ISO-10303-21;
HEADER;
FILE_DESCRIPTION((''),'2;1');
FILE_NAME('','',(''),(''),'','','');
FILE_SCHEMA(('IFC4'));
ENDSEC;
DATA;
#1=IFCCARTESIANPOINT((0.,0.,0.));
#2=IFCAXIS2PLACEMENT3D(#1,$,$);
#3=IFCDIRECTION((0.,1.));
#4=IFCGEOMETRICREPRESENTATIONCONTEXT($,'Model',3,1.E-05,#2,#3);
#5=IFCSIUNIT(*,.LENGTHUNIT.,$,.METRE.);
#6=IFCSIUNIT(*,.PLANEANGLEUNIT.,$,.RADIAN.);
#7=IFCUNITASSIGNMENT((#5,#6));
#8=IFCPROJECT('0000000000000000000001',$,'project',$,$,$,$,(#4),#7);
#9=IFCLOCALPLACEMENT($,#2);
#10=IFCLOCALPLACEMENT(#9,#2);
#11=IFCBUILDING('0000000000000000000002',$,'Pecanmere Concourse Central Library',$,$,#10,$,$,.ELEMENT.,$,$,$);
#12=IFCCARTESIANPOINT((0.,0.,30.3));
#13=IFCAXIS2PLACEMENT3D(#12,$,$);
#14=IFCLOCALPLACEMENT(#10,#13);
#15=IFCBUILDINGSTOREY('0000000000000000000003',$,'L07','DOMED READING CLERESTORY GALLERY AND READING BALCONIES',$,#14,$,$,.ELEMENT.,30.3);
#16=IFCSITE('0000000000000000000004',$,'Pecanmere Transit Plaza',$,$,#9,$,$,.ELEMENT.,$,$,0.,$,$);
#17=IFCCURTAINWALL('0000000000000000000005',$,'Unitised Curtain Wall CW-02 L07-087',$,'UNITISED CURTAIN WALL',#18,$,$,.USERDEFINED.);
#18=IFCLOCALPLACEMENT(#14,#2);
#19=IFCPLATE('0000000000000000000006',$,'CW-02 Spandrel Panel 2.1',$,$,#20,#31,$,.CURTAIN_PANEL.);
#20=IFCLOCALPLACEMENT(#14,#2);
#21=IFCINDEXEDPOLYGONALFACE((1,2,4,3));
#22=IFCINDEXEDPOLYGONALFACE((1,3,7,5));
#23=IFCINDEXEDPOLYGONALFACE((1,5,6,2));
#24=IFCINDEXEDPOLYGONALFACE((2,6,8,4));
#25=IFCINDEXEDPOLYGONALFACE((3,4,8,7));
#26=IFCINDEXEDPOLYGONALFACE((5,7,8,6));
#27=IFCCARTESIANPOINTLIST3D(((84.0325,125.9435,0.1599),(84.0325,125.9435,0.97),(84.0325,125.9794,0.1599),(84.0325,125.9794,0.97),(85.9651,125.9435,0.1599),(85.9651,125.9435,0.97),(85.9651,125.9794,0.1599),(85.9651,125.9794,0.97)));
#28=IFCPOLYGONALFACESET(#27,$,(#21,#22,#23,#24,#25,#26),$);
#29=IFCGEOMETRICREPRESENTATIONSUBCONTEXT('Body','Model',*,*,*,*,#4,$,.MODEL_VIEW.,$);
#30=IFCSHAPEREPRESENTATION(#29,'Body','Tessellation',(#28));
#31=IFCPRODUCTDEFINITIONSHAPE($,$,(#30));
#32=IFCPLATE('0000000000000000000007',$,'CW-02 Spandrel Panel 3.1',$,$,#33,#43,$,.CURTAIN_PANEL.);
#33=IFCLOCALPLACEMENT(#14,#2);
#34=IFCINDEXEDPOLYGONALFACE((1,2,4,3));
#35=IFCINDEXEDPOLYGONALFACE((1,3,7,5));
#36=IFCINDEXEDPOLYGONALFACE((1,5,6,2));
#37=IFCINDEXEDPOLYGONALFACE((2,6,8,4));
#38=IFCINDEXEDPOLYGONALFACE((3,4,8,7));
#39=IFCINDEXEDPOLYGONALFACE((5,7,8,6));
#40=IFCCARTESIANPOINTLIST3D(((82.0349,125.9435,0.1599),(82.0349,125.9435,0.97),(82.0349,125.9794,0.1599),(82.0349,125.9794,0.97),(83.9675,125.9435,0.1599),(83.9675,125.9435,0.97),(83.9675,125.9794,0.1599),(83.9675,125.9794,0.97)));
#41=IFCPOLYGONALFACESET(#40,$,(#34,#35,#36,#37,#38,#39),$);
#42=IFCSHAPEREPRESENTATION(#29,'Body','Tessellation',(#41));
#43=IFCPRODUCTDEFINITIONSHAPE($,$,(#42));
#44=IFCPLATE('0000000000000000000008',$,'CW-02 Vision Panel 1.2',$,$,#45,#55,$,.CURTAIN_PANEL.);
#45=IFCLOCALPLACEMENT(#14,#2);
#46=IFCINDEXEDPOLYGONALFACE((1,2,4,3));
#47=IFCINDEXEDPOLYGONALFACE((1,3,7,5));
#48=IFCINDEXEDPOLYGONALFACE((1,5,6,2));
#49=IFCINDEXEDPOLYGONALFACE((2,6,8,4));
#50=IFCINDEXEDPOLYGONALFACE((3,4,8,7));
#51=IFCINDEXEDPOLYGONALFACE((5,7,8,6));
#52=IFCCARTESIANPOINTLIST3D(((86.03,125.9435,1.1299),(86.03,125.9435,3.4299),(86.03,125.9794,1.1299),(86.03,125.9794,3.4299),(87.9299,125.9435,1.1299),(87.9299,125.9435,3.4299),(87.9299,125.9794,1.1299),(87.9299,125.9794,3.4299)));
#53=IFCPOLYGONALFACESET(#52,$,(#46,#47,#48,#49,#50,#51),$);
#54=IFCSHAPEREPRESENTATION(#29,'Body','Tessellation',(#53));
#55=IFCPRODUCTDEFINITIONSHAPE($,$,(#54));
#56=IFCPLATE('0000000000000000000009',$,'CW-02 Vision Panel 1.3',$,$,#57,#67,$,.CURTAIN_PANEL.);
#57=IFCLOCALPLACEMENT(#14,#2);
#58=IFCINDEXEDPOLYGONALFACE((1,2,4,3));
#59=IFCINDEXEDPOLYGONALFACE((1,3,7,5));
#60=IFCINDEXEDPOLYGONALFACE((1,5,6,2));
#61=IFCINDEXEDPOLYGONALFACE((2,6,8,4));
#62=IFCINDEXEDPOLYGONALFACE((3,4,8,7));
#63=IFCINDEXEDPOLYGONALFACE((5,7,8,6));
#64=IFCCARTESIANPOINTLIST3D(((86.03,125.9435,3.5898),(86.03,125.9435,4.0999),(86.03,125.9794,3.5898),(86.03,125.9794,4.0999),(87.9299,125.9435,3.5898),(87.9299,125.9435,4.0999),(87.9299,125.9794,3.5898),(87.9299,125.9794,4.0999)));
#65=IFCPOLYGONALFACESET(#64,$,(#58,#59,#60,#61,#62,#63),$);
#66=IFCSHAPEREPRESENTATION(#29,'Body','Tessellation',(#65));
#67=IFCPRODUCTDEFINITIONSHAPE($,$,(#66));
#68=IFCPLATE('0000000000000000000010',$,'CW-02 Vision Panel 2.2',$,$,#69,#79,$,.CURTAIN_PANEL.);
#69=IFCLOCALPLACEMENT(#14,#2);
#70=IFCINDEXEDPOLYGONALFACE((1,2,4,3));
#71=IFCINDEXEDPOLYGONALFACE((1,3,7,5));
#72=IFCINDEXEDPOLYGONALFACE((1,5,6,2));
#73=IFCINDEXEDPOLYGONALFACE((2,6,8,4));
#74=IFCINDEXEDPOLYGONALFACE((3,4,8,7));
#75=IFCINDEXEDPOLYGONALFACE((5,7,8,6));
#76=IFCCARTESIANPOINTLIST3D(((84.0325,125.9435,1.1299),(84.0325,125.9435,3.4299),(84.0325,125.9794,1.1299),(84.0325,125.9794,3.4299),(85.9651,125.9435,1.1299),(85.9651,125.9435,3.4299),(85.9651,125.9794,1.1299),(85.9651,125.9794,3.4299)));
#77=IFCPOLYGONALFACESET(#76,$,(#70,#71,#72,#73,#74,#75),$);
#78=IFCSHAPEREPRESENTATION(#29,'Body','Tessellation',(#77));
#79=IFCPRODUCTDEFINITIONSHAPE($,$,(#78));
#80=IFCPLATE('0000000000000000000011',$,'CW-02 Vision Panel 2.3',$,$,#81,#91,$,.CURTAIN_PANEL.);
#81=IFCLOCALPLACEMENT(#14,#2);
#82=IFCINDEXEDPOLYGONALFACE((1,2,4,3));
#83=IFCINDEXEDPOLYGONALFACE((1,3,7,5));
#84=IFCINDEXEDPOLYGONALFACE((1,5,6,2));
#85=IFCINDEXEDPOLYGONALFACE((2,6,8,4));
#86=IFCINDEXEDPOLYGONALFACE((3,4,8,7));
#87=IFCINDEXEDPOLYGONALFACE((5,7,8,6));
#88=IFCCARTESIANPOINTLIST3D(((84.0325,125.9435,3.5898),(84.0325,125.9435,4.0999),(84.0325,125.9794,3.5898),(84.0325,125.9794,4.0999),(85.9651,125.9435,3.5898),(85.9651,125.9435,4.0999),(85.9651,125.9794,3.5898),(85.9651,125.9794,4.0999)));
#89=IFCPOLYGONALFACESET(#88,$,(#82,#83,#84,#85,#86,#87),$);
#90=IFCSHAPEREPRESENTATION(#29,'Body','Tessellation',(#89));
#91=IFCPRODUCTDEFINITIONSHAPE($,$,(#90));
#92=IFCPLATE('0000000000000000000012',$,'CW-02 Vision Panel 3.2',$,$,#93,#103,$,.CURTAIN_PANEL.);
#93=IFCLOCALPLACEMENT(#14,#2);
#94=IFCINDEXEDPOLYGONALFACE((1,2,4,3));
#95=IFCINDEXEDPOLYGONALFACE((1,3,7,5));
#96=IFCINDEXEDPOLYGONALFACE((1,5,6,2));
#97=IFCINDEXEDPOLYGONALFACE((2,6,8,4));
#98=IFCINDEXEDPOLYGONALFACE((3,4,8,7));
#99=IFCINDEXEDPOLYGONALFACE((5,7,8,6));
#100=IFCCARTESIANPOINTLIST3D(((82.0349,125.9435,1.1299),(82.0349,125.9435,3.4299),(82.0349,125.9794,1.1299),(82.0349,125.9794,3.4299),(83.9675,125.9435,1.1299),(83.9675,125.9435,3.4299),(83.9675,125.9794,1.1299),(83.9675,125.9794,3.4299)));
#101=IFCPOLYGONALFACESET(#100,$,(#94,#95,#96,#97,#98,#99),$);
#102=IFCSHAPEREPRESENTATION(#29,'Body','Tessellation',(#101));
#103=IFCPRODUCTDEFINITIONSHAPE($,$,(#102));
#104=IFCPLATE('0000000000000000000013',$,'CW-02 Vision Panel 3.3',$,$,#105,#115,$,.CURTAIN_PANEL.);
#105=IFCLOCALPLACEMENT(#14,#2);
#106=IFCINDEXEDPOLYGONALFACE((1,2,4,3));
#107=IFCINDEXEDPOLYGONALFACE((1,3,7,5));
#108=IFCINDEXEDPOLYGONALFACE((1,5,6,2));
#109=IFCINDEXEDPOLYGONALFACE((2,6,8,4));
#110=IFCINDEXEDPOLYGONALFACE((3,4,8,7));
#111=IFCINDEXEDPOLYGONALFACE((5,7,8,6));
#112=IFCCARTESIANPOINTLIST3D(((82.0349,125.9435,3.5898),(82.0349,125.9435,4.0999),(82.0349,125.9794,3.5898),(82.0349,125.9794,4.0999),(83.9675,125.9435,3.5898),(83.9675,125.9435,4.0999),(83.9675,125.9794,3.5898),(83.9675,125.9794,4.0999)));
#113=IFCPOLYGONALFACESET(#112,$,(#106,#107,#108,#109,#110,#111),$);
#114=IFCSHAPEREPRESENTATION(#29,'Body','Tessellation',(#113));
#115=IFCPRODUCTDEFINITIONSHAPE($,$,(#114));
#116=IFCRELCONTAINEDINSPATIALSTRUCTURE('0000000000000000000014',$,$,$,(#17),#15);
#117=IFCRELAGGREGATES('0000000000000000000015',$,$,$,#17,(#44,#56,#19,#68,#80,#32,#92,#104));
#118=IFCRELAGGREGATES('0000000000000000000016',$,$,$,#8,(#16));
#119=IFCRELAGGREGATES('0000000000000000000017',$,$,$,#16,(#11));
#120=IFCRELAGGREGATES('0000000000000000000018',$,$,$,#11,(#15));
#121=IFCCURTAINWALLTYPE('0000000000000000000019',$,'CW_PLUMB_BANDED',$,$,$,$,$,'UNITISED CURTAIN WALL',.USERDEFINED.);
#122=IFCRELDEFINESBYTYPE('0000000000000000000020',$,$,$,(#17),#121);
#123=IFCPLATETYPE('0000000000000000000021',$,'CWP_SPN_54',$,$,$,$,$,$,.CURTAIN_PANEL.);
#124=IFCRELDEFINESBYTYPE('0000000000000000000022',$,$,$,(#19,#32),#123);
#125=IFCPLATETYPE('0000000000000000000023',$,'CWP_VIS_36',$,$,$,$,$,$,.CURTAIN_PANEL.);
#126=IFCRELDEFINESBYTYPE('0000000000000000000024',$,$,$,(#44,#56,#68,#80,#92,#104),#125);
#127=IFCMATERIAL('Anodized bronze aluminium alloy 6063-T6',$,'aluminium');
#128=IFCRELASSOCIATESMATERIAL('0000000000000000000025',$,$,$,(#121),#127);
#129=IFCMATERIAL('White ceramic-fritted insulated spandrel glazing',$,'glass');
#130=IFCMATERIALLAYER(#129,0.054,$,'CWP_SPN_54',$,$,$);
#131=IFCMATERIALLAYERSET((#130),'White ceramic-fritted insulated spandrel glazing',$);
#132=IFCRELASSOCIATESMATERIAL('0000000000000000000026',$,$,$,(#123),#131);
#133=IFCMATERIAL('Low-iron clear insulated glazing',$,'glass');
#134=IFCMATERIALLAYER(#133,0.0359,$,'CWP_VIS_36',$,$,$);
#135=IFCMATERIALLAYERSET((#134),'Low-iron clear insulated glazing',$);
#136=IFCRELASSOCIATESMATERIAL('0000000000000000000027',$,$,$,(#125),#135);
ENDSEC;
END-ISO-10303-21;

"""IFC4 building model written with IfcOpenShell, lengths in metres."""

from ifc_helpers import new_model, si_unit, direction, frame, origin, origin_2d, place, context, subcontext, project, spatial, rectangle, extrude, material, layer, layer_set, type_object, element, aggregate, save


model = new_model("IFC4")

# Units and contexts
model_context = context("Model", 3, precision=1e-05, world=origin(), true_north=direction((0.0, 1.0)))
body_context = subcontext(model_context, "Body", "Model", "MODEL_VIEW")
ifc_project = project(units=[si_unit("LENGTHUNIT", "METRE"), si_unit("PLANEANGLEUNIT", "RADIAN")], contexts=[model_context])

# Site, building, storey
site_placement = place(None, origin())
site = spatial("IfcSite", under=ifc_project, at=site_placement, Name="Pecanmere Transit Plaza", CompositionType="ELEMENT", RefElevation=0.0)
building_placement = place(site_placement, origin())
building = spatial("IfcBuilding", under=site, at=building_placement, Name="Pecanmere Concourse Central Library", CompositionType="ELEMENT")
storey_placement = place(building_placement, frame((0.0, 0.0, 30.3)))
storey = spatial("IfcBuildingStorey", under=building, at=storey_placement, Name="L07", Description="DOMED READING CLERESTORY GALLERY AND READING BALCONIES", CompositionType="ELEMENT", Elevation=30.3)

# Curtain wall, plates
ifc_material_1 = material(Name="Anodized bronze aluminium alloy 6063-T6", Category="aluminium")
curtain_wall_type = type_object("IfcCurtainWallType", Name="CW_PLUMB_BANDED", ElementType="UNITISED CURTAIN WALL", PredefinedType="USERDEFINED", material=ifc_material_1)
curtain_wall_placement = place(storey_placement, origin())
curtain_wall = element("IfcCurtainWall", 1, at=curtain_wall_placement, inside=storey, type_object=curtain_wall_type, Name="Unitised Curtain Wall CW-02 L07-087", ObjectType="UNITISED CURTAIN WALL", PredefinedType="USERDEFINED")
ifc_material_2 = material(Name="White ceramic-fritted insulated spandrel glazing", Category="glass")
ifc_layer_1 = layer(ifc_material_2, 0.054, Name="CWP_SPN_54")
ifc_layer_set_1 = layer_set([ifc_layer_1], Name="White ceramic-fritted insulated spandrel glazing")
plate_type_1 = type_object("IfcPlateType", Name="CWP_SPN_54", PredefinedType="CURTAIN_PANEL", material=ifc_layer_set_1)
plate_1_placement = place(storey_placement, frame((84.9988, 125.9614, 0.1599), z_axis=(0.0, 0.0, 1.0), x_axis=(-1.0, 0.0, 0.0)))
plate_1 = element("IfcPlate", 2, at=plate_1_placement, type_object=plate_type_1, Name="CW-02 Spandrel Panel 2.1", PredefinedType="CURTAIN_PANEL", context=body_context, shape_type="SweptSolid", body=[
    extrude(rectangle(XDim=1.9326, YDim=0.0359, at=origin_2d()), origin(), (0.0, 0.0, 1.0), 0.8101),
])
plate_2_placement = place(storey_placement, frame((83.0012, 125.9614, 0.1599), z_axis=(0.0, 0.0, 1.0), x_axis=(-1.0, 0.0, 0.0)))
plate_2 = element("IfcPlate", 3, at=plate_2_placement, type_object=plate_type_1, Name="CW-02 Spandrel Panel 3.1", PredefinedType="CURTAIN_PANEL", context=body_context, shape_type="SweptSolid", body=[
    extrude(rectangle(XDim=1.9326, YDim=0.0359, at=origin_2d()), origin(), (0.0, 0.0, 1.0), 0.8101),
])
ifc_material_3 = material(Name="Low-iron clear insulated glazing", Category="glass")
ifc_layer_2 = layer(ifc_material_3, 0.0359, Name="CWP_VIS_36")
ifc_layer_set_2 = layer_set([ifc_layer_2], Name="Low-iron clear insulated glazing")
plate_type_2 = type_object("IfcPlateType", Name="CWP_VIS_36", PredefinedType="CURTAIN_PANEL", material=ifc_layer_set_2)
plate_3_placement = place(storey_placement, frame((86.98, 125.9614, 1.1299), z_axis=(0.0, 0.0, 1.0), x_axis=(-1.0, 0.0, 0.0)))
plate_3 = element("IfcPlate", 4, at=plate_3_placement, type_object=plate_type_2, Name="CW-02 Vision Panel 1.2", PredefinedType="CURTAIN_PANEL", context=body_context, shape_type="SweptSolid", body=[
    extrude(rectangle(XDim=1.8999, YDim=0.0359, at=origin_2d()), origin(), (0.0, 0.0, 1.0), 2.3),
])
plate_4_placement = place(storey_placement, frame((86.98, 125.9614, 3.5898), z_axis=(0.0, 0.0, 1.0), x_axis=(-1.0, 0.0, 0.0)))
plate_4 = element("IfcPlate", 5, at=plate_4_placement, type_object=plate_type_2, Name="CW-02 Vision Panel 1.3", PredefinedType="CURTAIN_PANEL", context=body_context, shape_type="SweptSolid", body=[
    extrude(rectangle(XDim=1.8999, YDim=0.0359, at=origin_2d()), origin(), (0.0, 0.0, 1.0), 0.51),
])
plate_5_placement = place(storey_placement, frame((84.9988, 125.9614, 1.1299), z_axis=(0.0, 0.0, 1.0), x_axis=(-1.0, 0.0, 0.0)))
plate_5 = element("IfcPlate", 6, at=plate_5_placement, type_object=plate_type_2, Name="CW-02 Vision Panel 2.2", PredefinedType="CURTAIN_PANEL", context=body_context, shape_type="SweptSolid", body=[
    extrude(rectangle(XDim=1.9326, YDim=0.0359, at=origin_2d()), origin(), (0.0, 0.0, 1.0), 2.3),
])
plate_6_placement = place(storey_placement, frame((84.9988, 125.9614, 3.5898), z_axis=(0.0, 0.0, 1.0), x_axis=(-1.0, 0.0, 0.0)))
plate_6 = element("IfcPlate", 7, at=plate_6_placement, type_object=plate_type_2, Name="CW-02 Vision Panel 2.3", PredefinedType="CURTAIN_PANEL", context=body_context, shape_type="SweptSolid", body=[
    extrude(rectangle(XDim=1.9326, YDim=0.0359, at=origin_2d()), origin(), (0.0, 0.0, 1.0), 0.51),
])
plate_7_placement = place(storey_placement, frame((83.0012, 125.9614, 1.1299), z_axis=(0.0, 0.0, 1.0), x_axis=(-1.0, 0.0, 0.0)))
plate_7 = element("IfcPlate", 8, at=plate_7_placement, type_object=plate_type_2, Name="CW-02 Vision Panel 3.2", PredefinedType="CURTAIN_PANEL", context=body_context, shape_type="SweptSolid", body=[
    extrude(rectangle(XDim=1.9326, YDim=0.0359, at=origin_2d()), origin(), (0.0, 0.0, 1.0), 2.3),
])
plate_8_placement = place(storey_placement, frame((83.0012, 125.9614, 3.5898), z_axis=(0.0, 0.0, 1.0), x_axis=(-1.0, 0.0, 0.0)))
plate_8 = element("IfcPlate", 9, at=plate_8_placement, type_object=plate_type_2, Name="CW-02 Vision Panel 3.3", PredefinedType="CURTAIN_PANEL", context=body_context, shape_type="SweptSolid", body=[
    extrude(rectangle(XDim=1.9326, YDim=0.0359, at=origin_2d()), origin(), (0.0, 0.0, 1.0), 0.51),
])
aggregate(curtain_wall, [plate_3, plate_4, plate_1, plate_5, plate_6, plate_2, plate_7, plate_8])

save(model, "model.ifc")
